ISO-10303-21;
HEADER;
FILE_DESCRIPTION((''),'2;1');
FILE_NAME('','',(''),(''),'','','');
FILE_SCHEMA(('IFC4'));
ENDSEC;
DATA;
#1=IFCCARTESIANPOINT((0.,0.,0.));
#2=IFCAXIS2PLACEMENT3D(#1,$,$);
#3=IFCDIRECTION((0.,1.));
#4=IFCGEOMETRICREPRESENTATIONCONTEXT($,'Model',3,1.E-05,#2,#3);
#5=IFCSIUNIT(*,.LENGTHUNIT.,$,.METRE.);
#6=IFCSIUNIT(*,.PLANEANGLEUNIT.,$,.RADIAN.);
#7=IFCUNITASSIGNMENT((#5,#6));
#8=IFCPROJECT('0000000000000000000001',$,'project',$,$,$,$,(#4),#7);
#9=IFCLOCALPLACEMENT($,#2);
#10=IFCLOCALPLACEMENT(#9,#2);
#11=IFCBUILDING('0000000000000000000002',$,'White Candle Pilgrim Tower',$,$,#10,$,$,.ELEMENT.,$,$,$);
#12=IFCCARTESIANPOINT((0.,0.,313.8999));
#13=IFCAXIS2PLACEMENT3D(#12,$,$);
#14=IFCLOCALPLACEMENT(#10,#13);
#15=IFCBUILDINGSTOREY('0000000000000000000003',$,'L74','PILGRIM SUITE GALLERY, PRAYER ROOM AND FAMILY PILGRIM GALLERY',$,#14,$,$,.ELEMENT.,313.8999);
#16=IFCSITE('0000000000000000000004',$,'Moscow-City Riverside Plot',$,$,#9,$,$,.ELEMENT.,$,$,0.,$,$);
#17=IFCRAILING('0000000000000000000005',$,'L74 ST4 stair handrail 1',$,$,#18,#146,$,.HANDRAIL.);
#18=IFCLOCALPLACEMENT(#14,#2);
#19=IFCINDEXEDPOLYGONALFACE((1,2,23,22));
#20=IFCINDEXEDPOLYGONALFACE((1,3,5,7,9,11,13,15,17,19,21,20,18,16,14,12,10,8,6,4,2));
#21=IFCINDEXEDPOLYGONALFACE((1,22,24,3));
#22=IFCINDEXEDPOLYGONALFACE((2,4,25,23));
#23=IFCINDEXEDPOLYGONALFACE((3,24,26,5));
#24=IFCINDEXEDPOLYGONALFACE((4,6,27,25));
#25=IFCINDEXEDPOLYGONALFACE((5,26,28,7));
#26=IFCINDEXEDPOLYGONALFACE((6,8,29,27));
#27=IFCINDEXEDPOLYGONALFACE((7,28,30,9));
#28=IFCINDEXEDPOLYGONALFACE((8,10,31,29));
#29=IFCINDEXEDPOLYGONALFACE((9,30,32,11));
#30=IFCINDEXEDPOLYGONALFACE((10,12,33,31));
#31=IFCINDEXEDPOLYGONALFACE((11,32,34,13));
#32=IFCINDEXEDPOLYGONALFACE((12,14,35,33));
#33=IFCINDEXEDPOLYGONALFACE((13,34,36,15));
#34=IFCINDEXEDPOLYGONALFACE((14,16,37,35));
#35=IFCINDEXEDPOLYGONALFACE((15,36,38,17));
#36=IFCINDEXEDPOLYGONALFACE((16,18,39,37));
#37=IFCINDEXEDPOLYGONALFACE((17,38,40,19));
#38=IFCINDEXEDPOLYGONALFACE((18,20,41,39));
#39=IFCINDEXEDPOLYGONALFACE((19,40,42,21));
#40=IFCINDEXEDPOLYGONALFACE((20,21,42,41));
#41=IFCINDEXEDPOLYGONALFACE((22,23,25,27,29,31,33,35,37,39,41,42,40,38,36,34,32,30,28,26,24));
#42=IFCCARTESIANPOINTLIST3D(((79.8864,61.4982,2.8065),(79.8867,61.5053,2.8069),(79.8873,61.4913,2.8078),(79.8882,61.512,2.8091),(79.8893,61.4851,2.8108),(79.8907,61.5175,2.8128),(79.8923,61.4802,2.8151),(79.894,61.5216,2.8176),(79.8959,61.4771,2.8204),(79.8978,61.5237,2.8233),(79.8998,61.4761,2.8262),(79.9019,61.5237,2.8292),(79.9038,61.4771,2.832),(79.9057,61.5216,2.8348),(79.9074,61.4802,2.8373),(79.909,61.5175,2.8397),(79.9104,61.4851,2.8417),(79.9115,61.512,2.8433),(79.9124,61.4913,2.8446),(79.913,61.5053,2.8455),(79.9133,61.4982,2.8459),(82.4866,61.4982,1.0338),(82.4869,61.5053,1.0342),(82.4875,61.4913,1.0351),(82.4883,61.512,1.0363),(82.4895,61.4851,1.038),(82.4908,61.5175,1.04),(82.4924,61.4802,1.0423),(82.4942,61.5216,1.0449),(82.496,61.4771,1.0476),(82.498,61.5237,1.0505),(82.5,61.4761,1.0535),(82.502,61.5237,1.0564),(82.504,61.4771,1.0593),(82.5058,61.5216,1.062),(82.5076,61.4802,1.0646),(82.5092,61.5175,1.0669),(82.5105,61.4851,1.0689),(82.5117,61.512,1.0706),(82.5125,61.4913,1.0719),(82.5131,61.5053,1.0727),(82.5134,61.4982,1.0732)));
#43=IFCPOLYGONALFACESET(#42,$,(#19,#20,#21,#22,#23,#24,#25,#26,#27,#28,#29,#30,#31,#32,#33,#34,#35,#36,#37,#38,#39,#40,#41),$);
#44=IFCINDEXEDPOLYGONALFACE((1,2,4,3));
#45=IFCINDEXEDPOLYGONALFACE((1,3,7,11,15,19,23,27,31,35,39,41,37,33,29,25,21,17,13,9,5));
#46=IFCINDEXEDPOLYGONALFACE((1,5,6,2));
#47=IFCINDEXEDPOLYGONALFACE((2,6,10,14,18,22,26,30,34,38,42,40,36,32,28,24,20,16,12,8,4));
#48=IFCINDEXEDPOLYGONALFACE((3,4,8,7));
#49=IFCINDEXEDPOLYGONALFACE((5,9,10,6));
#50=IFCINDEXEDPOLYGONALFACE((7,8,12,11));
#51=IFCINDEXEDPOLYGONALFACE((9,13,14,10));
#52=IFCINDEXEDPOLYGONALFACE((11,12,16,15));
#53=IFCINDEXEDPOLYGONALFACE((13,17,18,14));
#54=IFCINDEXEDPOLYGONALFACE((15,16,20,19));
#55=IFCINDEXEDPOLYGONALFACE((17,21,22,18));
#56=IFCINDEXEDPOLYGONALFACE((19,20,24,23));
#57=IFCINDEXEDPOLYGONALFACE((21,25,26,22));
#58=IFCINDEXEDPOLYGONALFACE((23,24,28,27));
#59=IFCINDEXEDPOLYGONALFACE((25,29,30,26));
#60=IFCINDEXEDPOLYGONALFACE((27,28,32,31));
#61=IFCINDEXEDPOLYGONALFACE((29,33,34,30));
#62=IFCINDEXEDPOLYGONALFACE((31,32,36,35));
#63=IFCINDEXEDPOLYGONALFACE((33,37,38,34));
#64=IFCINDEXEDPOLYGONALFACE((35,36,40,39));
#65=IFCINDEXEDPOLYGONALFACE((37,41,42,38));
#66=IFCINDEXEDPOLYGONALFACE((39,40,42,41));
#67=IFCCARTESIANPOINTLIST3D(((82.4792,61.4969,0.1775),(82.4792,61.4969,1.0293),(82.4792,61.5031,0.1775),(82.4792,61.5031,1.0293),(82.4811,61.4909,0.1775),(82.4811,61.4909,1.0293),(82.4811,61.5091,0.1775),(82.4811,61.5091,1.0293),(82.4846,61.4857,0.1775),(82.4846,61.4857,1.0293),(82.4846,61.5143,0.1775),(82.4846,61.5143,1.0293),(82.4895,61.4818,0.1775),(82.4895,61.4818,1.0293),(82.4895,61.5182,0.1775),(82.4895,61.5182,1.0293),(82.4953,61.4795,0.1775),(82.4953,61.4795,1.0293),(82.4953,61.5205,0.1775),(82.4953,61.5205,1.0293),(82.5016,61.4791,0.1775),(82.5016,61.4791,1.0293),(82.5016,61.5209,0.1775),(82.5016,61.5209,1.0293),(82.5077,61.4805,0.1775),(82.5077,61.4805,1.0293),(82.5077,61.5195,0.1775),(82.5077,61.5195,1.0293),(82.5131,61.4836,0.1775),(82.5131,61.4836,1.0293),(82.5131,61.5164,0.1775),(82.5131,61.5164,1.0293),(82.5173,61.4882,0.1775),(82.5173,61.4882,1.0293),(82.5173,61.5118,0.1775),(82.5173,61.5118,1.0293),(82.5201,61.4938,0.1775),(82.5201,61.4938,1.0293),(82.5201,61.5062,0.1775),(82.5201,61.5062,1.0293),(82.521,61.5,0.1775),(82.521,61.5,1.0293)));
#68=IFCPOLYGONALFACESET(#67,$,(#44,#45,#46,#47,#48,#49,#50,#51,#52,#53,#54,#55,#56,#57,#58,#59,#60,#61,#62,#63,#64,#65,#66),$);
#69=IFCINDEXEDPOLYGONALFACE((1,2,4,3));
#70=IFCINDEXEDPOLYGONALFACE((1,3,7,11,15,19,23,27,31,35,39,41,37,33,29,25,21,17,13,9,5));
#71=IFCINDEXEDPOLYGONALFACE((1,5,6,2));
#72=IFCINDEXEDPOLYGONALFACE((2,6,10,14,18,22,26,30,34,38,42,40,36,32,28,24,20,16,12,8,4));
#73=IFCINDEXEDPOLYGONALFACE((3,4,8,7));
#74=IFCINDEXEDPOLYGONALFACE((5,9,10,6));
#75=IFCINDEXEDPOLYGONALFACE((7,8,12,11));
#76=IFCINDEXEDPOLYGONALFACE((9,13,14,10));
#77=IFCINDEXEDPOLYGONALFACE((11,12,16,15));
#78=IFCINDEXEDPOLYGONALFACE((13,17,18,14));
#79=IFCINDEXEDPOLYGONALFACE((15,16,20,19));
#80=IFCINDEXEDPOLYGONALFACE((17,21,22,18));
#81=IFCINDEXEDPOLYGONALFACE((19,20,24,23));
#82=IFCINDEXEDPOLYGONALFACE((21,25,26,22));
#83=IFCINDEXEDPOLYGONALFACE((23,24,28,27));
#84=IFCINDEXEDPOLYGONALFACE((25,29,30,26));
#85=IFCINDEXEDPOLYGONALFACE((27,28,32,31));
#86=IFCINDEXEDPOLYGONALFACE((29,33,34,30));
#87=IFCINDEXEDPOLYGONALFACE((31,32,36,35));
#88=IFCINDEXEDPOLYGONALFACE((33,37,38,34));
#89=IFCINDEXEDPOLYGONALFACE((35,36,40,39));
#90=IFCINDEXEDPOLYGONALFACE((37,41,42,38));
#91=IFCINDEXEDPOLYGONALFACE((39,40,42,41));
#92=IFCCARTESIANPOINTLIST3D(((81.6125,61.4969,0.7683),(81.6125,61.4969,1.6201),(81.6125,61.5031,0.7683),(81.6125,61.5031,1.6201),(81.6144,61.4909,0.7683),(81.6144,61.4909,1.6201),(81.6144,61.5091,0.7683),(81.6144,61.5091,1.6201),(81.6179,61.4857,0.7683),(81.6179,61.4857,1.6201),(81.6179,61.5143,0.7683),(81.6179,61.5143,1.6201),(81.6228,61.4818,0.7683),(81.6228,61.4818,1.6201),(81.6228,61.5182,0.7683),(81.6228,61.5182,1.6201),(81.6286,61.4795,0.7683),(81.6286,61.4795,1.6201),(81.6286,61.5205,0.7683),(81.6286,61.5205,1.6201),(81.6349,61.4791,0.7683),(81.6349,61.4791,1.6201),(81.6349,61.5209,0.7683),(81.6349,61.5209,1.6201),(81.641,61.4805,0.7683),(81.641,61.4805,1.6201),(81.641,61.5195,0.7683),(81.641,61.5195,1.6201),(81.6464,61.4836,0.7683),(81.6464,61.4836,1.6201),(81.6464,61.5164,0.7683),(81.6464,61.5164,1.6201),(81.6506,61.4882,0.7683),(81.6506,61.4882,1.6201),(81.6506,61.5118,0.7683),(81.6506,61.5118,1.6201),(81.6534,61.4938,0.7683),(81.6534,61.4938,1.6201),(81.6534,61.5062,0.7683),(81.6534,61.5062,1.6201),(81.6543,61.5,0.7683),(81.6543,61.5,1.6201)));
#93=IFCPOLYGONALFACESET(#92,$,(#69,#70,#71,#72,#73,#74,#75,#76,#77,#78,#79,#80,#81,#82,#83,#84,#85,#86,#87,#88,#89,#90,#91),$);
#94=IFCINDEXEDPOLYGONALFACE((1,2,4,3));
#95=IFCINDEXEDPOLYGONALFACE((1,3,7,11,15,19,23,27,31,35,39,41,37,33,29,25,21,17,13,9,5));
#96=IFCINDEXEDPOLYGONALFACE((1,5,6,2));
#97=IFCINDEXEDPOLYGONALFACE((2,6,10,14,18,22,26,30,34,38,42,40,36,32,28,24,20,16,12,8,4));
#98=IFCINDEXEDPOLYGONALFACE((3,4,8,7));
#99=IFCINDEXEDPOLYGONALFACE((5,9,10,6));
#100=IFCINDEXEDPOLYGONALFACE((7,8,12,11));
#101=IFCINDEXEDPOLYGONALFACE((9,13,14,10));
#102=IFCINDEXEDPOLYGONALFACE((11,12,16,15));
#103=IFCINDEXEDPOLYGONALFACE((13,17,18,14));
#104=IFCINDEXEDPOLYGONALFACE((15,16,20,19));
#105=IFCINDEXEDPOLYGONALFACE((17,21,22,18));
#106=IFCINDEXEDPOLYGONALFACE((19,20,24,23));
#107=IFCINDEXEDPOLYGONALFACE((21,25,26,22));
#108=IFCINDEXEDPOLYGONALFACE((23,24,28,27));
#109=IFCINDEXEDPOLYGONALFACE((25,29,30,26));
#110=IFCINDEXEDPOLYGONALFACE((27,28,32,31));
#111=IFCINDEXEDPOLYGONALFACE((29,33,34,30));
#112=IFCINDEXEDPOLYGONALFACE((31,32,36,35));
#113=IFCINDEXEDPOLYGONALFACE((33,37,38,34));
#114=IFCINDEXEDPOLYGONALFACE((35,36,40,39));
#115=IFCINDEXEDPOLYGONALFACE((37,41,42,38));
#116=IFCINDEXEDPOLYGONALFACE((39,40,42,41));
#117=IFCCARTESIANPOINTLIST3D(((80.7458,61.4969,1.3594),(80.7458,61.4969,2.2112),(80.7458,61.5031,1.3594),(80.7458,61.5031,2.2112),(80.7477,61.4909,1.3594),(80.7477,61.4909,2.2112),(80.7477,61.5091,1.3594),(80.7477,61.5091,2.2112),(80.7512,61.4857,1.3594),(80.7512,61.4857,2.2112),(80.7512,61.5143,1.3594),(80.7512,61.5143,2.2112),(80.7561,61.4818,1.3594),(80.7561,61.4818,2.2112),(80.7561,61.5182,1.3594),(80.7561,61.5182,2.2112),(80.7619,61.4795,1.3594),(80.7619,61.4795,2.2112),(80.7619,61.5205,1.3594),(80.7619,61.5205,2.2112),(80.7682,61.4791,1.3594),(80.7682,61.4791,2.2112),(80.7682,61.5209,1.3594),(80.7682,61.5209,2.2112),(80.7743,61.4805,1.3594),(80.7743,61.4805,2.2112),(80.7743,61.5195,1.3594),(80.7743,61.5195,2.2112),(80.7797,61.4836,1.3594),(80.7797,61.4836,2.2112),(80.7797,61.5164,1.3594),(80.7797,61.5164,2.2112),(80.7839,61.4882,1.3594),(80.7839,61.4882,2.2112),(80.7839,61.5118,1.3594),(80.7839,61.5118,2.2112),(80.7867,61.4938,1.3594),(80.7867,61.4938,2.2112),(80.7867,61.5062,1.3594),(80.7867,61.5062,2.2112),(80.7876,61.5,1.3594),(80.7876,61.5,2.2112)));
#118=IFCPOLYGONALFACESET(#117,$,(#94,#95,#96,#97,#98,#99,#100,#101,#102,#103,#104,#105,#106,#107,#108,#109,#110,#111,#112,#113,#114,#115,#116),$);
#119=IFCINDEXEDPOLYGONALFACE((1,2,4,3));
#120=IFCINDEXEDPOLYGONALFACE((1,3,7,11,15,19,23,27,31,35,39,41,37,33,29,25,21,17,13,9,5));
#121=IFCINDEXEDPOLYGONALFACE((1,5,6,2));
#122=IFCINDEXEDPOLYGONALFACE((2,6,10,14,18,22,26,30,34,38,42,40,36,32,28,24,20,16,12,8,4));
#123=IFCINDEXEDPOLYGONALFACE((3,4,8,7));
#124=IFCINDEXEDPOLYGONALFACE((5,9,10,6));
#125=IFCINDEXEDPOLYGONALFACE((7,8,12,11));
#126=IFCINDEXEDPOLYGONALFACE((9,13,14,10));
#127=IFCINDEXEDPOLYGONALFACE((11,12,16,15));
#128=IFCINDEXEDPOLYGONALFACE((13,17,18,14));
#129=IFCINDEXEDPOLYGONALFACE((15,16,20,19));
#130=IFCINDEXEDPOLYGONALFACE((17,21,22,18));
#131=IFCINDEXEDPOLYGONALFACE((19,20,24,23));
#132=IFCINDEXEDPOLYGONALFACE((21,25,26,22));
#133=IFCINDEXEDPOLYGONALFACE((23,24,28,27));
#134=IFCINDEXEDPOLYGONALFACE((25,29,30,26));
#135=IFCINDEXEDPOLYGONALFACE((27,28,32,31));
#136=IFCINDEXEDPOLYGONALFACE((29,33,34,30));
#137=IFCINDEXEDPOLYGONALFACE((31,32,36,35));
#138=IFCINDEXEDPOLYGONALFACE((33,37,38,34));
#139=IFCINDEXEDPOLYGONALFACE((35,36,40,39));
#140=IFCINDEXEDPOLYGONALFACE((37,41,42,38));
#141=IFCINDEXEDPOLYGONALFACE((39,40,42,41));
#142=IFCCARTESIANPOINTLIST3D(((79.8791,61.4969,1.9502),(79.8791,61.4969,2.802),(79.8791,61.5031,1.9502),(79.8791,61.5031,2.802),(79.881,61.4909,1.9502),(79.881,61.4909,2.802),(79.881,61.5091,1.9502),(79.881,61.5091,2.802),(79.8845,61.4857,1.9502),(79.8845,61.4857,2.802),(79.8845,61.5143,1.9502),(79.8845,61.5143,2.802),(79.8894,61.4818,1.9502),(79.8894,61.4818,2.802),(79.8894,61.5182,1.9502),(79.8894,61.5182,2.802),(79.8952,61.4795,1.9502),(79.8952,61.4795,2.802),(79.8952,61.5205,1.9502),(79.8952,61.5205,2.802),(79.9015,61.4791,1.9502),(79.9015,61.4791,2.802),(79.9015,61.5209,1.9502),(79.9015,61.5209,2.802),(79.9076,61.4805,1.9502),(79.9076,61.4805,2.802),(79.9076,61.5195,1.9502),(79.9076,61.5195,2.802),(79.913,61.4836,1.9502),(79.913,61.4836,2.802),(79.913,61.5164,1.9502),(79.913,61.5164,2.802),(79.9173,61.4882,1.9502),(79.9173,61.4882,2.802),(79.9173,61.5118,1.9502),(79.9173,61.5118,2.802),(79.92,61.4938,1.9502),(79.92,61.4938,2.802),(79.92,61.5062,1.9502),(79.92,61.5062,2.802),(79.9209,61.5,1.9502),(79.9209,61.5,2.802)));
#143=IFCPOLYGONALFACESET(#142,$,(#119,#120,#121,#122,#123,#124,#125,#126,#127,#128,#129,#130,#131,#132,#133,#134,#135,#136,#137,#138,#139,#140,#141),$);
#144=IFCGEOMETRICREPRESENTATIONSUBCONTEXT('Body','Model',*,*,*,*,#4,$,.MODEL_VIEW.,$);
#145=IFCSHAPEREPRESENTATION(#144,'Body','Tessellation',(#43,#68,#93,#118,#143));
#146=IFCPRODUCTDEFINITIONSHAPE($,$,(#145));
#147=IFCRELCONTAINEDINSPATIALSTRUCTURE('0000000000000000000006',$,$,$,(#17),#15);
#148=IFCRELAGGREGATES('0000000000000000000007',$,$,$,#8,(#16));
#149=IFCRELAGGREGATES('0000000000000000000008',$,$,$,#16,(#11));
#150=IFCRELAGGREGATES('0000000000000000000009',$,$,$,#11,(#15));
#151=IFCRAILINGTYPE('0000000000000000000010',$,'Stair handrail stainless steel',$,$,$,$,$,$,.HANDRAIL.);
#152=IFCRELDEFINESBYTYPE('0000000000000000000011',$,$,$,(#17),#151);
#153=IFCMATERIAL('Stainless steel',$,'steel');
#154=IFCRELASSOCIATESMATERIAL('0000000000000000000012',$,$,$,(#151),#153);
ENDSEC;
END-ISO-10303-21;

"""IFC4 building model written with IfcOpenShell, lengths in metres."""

from ifc_helpers import new_model, si_unit, direction, frame, origin, origin_2d, place, context, subcontext, project, spatial, circle, extrude, material, type_object, element, save


model = new_model("IFC4")

# Units and contexts
model_context = context("Model", 3, precision=1e-05, world=origin(), true_north=direction((0.0, 1.0)))
body_context = subcontext(model_context, "Body", "Model", "MODEL_VIEW")
ifc_project = project(units=[si_unit("LENGTHUNIT", "METRE"), si_unit("PLANEANGLEUNIT", "RADIAN")], contexts=[model_context])

# Site, building, storey
site_placement = place(None, origin())
site = spatial("IfcSite", under=ifc_project, at=site_placement, Name="Moscow-City Riverside Plot", CompositionType="ELEMENT", RefElevation=0.0)
building_placement = place(site_placement, origin())
building = spatial("IfcBuilding", under=site, at=building_placement, Name="White Candle Pilgrim Tower", CompositionType="ELEMENT")
storey_placement = place(building_placement, frame((0.0, 0.0, 313.8999)))
storey = spatial("IfcBuildingStorey", under=building, at=storey_placement, Name="L74", Description="PILGRIM SUITE GALLERY, PRAYER ROOM AND FAMILY PILGRIM GALLERY", CompositionType="ELEMENT", Elevation=313.8999)

# Railing
ifc_material_1 = material(Name="Stainless steel", Category="steel")
railing_type_1 = type_object("IfcRailingType", Name="Stair handrail stainless steel", PredefinedType="HANDRAIL", material=ifc_material_1)
railing_1_placement = place(storey_placement, frame((82.5, 61.5, 0.1775)))
element("IfcRailing", 1, at=railing_1_placement, inside=storey, type_object=railing_type_1, Name="L74 ST4 stair handrail 1", PredefinedType="HANDRAIL", context=body_context, shape_type="SweptSolid", body=[
    extrude(circle(Radius=0.0239, at=origin_2d()), frame((0.0, 0.0, 0.876), z_axis=(-0.82624, 0.0, 0.563318), x_axis=(0.0, -1.0, 0.0)), (0.0, 0.0, 1.0), 3.147),
    extrude(circle(Radius=0.021, at=origin_2d()), origin(), (0.0, 0.0, 1.0), 0.8518),
    extrude(circle(Radius=0.021, at=origin_2d()), frame((-0.8667, 0.0, 0.5908)), (0.0, 0.0, 1.0), 0.8518),
    extrude(circle(Radius=0.021, at=origin_2d()), frame((-1.7334, 0.0, 1.1819)), (0.0, 0.0, 1.0), 0.8518),
    extrude(circle(Radius=0.021, at=origin_2d()), frame((-2.6001, 0.0, 1.7727)), (0.0, 0.0, 1.0), 0.8518),
])

save(model, "model.ifc")
